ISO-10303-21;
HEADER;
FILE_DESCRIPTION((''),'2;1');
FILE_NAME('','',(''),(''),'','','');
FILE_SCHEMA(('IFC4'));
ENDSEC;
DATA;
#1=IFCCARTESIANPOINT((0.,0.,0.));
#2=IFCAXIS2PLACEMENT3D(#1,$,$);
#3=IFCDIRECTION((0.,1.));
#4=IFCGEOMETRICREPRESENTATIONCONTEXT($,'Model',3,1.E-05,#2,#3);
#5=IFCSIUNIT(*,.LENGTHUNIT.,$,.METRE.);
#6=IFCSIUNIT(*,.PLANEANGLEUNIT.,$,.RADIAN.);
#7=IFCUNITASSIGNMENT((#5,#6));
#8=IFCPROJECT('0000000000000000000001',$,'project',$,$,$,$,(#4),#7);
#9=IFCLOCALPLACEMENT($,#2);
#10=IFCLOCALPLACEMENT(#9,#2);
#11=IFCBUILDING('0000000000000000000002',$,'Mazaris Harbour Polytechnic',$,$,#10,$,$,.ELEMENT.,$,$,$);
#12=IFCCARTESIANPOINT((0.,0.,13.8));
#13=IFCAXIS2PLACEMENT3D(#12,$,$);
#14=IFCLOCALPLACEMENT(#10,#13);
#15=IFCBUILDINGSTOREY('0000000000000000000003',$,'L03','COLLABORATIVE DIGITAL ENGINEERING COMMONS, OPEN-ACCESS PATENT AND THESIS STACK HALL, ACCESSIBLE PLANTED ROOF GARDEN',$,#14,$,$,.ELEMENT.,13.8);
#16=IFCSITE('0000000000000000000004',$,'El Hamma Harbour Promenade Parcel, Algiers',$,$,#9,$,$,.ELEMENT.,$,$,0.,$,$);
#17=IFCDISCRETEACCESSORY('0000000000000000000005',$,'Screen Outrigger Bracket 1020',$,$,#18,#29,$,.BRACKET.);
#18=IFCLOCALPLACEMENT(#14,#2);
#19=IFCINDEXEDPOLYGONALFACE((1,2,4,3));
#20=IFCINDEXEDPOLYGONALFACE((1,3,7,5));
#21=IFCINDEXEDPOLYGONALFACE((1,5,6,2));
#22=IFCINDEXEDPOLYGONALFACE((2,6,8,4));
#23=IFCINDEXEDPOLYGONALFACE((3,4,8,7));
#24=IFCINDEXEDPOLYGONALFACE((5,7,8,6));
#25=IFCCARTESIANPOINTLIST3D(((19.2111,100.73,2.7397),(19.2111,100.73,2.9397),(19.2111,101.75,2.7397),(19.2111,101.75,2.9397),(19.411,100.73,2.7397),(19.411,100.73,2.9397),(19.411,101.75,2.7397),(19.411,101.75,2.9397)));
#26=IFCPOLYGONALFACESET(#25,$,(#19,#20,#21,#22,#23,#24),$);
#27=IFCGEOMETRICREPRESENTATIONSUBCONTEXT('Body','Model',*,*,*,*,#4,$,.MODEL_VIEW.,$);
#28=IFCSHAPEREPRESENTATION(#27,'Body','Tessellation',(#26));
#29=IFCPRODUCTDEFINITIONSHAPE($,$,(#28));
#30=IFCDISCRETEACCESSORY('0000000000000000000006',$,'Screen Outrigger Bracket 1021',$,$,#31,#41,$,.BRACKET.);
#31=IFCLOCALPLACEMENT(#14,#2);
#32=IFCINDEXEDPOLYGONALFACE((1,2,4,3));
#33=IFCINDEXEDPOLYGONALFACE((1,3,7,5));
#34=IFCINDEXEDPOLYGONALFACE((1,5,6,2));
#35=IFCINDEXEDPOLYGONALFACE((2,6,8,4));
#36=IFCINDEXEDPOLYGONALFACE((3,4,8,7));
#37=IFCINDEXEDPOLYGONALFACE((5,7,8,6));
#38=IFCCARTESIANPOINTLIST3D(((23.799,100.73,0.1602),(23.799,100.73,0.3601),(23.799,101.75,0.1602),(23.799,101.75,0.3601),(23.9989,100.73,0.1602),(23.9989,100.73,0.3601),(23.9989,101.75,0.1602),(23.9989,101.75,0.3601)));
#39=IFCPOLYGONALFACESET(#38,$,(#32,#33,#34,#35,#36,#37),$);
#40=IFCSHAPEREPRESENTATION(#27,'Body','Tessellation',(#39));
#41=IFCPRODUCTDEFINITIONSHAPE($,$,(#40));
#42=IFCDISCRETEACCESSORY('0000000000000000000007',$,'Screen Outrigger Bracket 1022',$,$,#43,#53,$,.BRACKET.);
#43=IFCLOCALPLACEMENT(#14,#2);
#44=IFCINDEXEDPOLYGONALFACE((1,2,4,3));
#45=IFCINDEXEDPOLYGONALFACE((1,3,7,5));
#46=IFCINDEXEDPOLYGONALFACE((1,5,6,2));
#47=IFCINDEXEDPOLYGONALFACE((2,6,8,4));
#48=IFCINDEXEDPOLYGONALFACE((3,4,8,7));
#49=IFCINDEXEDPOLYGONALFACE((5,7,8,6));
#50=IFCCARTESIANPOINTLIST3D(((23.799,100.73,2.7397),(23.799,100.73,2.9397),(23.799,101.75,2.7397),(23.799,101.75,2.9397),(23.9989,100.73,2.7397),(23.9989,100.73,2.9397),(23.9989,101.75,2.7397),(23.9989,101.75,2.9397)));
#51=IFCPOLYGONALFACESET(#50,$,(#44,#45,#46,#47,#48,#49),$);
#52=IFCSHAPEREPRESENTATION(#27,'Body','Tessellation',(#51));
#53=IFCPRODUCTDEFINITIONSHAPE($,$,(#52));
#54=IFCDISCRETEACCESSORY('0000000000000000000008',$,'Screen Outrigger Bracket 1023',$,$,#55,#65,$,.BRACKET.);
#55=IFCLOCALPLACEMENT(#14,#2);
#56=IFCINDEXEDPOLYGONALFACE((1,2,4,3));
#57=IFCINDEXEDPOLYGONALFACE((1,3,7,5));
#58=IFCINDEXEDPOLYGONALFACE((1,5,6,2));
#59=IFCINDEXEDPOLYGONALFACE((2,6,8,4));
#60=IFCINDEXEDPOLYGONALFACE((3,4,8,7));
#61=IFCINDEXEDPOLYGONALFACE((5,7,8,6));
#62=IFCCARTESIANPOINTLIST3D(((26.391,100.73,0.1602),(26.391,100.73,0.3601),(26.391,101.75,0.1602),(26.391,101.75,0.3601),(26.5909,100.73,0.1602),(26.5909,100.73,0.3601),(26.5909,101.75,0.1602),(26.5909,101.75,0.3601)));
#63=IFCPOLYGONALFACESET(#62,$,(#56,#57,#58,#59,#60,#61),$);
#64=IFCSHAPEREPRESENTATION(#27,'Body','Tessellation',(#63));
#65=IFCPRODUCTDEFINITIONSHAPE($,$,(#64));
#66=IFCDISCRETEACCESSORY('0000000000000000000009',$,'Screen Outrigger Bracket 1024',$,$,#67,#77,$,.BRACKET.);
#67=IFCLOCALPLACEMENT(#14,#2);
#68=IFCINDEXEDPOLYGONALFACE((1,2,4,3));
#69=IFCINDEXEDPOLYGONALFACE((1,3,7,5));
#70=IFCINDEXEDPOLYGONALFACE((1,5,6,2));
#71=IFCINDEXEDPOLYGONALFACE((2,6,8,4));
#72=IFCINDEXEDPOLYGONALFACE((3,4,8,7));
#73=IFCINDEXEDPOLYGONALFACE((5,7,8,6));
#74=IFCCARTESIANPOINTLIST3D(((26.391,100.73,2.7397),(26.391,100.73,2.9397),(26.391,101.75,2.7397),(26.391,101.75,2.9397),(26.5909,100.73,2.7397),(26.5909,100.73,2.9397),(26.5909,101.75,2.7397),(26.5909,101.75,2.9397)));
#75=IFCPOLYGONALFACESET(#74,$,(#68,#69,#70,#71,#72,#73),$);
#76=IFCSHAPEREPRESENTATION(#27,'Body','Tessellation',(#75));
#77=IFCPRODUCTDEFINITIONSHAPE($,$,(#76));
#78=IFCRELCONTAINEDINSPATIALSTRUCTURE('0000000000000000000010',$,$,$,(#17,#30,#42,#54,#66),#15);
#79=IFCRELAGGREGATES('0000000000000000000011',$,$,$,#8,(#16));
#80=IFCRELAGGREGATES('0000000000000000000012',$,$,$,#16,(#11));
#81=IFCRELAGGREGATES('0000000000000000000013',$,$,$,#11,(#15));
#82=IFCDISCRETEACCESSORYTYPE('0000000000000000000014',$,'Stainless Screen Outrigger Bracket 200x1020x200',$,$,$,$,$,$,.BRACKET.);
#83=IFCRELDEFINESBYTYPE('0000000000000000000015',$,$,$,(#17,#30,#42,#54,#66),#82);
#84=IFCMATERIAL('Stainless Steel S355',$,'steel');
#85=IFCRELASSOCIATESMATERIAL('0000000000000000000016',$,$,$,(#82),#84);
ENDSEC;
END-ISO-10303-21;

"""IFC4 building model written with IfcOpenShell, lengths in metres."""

from ifc_helpers import new_model, si_unit, direction, frame, origin, origin_2d, place, context, subcontext, project, spatial, rectangle, extrude, material, type_object, element, save


model = new_model("IFC4")

# Units and contexts
model_context = context("Model", 3, precision=1e-05, world=origin(), true_north=direction((0.0, 1.0)))
body_context = subcontext(model_context, "Body", "Model", "MODEL_VIEW")
ifc_project = project(units=[si_unit("LENGTHUNIT", "METRE"), si_unit("PLANEANGLEUNIT", "RADIAN")], contexts=[model_context])

# Site, building, storey
site_placement = place(None, origin())
site = spatial("IfcSite", under=ifc_project, at=site_placement, Name="El Hamma Harbour Promenade Parcel, Algiers", CompositionType="ELEMENT", RefElevation=0.0)
building_placement = place(site_placement, origin())
building = spatial("IfcBuilding", under=site, at=building_placement, Name="Mazaris Harbour Polytechnic", CompositionType="ELEMENT")
storey_placement = place(building_placement, frame((0.0, 0.0, 13.8)))
storey = spatial("IfcBuildingStorey", under=building, at=storey_placement, Name="L03", Description="COLLABORATIVE DIGITAL ENGINEERING COMMONS, OPEN-ACCESS PATENT AND THESIS STACK HALL, ACCESSIBLE PLANTED ROOF GARDEN", CompositionType="ELEMENT", Elevation=13.8)

# Discrete accessories
ifc_material_1 = material(Name="Stainless Steel S355", Category="steel")
discrete_accessory_type = type_object("IfcDiscreteAccessoryType", Name="Stainless Screen Outrigger Bracket 200x1020x200", PredefinedType="BRACKET", material=ifc_material_1)
for number, where, z_axis, x_axis, name in (
    (1, (19.311, 101.24, 2.7397), (0.0, 0.0, 1.0), (1.0, 0.0, 0.0), "Screen Outrigger Bracket 1020"),
    (2, (23.8989, 101.24, 0.1602), (0.0, 0.0, 1.0), (1.0, 0.0, 0.0), "Screen Outrigger Bracket 1021"),
    (3, (23.8989, 101.24, 2.7397), (0.0, 0.0, 1.0), (1.0, 0.0, 0.0), "Screen Outrigger Bracket 1022"),
    (4, (26.491, 101.24, 0.1602), (0.0, 0.0, 1.0), (1.0, 0.0, 0.0), "Screen Outrigger Bracket 1023"),
    (5, (26.491, 101.24, 2.7397), (0.0, 0.0, 1.0), (1.0, 0.0, 0.0), "Screen Outrigger Bracket 1024"),
):
    element("IfcDiscreteAccessory", number, at=place(storey_placement, frame(where, z_axis=z_axis, x_axis=x_axis)), inside=storey, type_object=discrete_accessory_type, Name=name, PredefinedType="BRACKET", context=body_context, shape_type="SweptSolid", body=[
        extrude(rectangle(XDim=0.2, YDim=1.02, at=origin_2d()), origin(), (0.0, 0.0, 1.0), 0.2),
    ])

save(model, "model.ifc")
